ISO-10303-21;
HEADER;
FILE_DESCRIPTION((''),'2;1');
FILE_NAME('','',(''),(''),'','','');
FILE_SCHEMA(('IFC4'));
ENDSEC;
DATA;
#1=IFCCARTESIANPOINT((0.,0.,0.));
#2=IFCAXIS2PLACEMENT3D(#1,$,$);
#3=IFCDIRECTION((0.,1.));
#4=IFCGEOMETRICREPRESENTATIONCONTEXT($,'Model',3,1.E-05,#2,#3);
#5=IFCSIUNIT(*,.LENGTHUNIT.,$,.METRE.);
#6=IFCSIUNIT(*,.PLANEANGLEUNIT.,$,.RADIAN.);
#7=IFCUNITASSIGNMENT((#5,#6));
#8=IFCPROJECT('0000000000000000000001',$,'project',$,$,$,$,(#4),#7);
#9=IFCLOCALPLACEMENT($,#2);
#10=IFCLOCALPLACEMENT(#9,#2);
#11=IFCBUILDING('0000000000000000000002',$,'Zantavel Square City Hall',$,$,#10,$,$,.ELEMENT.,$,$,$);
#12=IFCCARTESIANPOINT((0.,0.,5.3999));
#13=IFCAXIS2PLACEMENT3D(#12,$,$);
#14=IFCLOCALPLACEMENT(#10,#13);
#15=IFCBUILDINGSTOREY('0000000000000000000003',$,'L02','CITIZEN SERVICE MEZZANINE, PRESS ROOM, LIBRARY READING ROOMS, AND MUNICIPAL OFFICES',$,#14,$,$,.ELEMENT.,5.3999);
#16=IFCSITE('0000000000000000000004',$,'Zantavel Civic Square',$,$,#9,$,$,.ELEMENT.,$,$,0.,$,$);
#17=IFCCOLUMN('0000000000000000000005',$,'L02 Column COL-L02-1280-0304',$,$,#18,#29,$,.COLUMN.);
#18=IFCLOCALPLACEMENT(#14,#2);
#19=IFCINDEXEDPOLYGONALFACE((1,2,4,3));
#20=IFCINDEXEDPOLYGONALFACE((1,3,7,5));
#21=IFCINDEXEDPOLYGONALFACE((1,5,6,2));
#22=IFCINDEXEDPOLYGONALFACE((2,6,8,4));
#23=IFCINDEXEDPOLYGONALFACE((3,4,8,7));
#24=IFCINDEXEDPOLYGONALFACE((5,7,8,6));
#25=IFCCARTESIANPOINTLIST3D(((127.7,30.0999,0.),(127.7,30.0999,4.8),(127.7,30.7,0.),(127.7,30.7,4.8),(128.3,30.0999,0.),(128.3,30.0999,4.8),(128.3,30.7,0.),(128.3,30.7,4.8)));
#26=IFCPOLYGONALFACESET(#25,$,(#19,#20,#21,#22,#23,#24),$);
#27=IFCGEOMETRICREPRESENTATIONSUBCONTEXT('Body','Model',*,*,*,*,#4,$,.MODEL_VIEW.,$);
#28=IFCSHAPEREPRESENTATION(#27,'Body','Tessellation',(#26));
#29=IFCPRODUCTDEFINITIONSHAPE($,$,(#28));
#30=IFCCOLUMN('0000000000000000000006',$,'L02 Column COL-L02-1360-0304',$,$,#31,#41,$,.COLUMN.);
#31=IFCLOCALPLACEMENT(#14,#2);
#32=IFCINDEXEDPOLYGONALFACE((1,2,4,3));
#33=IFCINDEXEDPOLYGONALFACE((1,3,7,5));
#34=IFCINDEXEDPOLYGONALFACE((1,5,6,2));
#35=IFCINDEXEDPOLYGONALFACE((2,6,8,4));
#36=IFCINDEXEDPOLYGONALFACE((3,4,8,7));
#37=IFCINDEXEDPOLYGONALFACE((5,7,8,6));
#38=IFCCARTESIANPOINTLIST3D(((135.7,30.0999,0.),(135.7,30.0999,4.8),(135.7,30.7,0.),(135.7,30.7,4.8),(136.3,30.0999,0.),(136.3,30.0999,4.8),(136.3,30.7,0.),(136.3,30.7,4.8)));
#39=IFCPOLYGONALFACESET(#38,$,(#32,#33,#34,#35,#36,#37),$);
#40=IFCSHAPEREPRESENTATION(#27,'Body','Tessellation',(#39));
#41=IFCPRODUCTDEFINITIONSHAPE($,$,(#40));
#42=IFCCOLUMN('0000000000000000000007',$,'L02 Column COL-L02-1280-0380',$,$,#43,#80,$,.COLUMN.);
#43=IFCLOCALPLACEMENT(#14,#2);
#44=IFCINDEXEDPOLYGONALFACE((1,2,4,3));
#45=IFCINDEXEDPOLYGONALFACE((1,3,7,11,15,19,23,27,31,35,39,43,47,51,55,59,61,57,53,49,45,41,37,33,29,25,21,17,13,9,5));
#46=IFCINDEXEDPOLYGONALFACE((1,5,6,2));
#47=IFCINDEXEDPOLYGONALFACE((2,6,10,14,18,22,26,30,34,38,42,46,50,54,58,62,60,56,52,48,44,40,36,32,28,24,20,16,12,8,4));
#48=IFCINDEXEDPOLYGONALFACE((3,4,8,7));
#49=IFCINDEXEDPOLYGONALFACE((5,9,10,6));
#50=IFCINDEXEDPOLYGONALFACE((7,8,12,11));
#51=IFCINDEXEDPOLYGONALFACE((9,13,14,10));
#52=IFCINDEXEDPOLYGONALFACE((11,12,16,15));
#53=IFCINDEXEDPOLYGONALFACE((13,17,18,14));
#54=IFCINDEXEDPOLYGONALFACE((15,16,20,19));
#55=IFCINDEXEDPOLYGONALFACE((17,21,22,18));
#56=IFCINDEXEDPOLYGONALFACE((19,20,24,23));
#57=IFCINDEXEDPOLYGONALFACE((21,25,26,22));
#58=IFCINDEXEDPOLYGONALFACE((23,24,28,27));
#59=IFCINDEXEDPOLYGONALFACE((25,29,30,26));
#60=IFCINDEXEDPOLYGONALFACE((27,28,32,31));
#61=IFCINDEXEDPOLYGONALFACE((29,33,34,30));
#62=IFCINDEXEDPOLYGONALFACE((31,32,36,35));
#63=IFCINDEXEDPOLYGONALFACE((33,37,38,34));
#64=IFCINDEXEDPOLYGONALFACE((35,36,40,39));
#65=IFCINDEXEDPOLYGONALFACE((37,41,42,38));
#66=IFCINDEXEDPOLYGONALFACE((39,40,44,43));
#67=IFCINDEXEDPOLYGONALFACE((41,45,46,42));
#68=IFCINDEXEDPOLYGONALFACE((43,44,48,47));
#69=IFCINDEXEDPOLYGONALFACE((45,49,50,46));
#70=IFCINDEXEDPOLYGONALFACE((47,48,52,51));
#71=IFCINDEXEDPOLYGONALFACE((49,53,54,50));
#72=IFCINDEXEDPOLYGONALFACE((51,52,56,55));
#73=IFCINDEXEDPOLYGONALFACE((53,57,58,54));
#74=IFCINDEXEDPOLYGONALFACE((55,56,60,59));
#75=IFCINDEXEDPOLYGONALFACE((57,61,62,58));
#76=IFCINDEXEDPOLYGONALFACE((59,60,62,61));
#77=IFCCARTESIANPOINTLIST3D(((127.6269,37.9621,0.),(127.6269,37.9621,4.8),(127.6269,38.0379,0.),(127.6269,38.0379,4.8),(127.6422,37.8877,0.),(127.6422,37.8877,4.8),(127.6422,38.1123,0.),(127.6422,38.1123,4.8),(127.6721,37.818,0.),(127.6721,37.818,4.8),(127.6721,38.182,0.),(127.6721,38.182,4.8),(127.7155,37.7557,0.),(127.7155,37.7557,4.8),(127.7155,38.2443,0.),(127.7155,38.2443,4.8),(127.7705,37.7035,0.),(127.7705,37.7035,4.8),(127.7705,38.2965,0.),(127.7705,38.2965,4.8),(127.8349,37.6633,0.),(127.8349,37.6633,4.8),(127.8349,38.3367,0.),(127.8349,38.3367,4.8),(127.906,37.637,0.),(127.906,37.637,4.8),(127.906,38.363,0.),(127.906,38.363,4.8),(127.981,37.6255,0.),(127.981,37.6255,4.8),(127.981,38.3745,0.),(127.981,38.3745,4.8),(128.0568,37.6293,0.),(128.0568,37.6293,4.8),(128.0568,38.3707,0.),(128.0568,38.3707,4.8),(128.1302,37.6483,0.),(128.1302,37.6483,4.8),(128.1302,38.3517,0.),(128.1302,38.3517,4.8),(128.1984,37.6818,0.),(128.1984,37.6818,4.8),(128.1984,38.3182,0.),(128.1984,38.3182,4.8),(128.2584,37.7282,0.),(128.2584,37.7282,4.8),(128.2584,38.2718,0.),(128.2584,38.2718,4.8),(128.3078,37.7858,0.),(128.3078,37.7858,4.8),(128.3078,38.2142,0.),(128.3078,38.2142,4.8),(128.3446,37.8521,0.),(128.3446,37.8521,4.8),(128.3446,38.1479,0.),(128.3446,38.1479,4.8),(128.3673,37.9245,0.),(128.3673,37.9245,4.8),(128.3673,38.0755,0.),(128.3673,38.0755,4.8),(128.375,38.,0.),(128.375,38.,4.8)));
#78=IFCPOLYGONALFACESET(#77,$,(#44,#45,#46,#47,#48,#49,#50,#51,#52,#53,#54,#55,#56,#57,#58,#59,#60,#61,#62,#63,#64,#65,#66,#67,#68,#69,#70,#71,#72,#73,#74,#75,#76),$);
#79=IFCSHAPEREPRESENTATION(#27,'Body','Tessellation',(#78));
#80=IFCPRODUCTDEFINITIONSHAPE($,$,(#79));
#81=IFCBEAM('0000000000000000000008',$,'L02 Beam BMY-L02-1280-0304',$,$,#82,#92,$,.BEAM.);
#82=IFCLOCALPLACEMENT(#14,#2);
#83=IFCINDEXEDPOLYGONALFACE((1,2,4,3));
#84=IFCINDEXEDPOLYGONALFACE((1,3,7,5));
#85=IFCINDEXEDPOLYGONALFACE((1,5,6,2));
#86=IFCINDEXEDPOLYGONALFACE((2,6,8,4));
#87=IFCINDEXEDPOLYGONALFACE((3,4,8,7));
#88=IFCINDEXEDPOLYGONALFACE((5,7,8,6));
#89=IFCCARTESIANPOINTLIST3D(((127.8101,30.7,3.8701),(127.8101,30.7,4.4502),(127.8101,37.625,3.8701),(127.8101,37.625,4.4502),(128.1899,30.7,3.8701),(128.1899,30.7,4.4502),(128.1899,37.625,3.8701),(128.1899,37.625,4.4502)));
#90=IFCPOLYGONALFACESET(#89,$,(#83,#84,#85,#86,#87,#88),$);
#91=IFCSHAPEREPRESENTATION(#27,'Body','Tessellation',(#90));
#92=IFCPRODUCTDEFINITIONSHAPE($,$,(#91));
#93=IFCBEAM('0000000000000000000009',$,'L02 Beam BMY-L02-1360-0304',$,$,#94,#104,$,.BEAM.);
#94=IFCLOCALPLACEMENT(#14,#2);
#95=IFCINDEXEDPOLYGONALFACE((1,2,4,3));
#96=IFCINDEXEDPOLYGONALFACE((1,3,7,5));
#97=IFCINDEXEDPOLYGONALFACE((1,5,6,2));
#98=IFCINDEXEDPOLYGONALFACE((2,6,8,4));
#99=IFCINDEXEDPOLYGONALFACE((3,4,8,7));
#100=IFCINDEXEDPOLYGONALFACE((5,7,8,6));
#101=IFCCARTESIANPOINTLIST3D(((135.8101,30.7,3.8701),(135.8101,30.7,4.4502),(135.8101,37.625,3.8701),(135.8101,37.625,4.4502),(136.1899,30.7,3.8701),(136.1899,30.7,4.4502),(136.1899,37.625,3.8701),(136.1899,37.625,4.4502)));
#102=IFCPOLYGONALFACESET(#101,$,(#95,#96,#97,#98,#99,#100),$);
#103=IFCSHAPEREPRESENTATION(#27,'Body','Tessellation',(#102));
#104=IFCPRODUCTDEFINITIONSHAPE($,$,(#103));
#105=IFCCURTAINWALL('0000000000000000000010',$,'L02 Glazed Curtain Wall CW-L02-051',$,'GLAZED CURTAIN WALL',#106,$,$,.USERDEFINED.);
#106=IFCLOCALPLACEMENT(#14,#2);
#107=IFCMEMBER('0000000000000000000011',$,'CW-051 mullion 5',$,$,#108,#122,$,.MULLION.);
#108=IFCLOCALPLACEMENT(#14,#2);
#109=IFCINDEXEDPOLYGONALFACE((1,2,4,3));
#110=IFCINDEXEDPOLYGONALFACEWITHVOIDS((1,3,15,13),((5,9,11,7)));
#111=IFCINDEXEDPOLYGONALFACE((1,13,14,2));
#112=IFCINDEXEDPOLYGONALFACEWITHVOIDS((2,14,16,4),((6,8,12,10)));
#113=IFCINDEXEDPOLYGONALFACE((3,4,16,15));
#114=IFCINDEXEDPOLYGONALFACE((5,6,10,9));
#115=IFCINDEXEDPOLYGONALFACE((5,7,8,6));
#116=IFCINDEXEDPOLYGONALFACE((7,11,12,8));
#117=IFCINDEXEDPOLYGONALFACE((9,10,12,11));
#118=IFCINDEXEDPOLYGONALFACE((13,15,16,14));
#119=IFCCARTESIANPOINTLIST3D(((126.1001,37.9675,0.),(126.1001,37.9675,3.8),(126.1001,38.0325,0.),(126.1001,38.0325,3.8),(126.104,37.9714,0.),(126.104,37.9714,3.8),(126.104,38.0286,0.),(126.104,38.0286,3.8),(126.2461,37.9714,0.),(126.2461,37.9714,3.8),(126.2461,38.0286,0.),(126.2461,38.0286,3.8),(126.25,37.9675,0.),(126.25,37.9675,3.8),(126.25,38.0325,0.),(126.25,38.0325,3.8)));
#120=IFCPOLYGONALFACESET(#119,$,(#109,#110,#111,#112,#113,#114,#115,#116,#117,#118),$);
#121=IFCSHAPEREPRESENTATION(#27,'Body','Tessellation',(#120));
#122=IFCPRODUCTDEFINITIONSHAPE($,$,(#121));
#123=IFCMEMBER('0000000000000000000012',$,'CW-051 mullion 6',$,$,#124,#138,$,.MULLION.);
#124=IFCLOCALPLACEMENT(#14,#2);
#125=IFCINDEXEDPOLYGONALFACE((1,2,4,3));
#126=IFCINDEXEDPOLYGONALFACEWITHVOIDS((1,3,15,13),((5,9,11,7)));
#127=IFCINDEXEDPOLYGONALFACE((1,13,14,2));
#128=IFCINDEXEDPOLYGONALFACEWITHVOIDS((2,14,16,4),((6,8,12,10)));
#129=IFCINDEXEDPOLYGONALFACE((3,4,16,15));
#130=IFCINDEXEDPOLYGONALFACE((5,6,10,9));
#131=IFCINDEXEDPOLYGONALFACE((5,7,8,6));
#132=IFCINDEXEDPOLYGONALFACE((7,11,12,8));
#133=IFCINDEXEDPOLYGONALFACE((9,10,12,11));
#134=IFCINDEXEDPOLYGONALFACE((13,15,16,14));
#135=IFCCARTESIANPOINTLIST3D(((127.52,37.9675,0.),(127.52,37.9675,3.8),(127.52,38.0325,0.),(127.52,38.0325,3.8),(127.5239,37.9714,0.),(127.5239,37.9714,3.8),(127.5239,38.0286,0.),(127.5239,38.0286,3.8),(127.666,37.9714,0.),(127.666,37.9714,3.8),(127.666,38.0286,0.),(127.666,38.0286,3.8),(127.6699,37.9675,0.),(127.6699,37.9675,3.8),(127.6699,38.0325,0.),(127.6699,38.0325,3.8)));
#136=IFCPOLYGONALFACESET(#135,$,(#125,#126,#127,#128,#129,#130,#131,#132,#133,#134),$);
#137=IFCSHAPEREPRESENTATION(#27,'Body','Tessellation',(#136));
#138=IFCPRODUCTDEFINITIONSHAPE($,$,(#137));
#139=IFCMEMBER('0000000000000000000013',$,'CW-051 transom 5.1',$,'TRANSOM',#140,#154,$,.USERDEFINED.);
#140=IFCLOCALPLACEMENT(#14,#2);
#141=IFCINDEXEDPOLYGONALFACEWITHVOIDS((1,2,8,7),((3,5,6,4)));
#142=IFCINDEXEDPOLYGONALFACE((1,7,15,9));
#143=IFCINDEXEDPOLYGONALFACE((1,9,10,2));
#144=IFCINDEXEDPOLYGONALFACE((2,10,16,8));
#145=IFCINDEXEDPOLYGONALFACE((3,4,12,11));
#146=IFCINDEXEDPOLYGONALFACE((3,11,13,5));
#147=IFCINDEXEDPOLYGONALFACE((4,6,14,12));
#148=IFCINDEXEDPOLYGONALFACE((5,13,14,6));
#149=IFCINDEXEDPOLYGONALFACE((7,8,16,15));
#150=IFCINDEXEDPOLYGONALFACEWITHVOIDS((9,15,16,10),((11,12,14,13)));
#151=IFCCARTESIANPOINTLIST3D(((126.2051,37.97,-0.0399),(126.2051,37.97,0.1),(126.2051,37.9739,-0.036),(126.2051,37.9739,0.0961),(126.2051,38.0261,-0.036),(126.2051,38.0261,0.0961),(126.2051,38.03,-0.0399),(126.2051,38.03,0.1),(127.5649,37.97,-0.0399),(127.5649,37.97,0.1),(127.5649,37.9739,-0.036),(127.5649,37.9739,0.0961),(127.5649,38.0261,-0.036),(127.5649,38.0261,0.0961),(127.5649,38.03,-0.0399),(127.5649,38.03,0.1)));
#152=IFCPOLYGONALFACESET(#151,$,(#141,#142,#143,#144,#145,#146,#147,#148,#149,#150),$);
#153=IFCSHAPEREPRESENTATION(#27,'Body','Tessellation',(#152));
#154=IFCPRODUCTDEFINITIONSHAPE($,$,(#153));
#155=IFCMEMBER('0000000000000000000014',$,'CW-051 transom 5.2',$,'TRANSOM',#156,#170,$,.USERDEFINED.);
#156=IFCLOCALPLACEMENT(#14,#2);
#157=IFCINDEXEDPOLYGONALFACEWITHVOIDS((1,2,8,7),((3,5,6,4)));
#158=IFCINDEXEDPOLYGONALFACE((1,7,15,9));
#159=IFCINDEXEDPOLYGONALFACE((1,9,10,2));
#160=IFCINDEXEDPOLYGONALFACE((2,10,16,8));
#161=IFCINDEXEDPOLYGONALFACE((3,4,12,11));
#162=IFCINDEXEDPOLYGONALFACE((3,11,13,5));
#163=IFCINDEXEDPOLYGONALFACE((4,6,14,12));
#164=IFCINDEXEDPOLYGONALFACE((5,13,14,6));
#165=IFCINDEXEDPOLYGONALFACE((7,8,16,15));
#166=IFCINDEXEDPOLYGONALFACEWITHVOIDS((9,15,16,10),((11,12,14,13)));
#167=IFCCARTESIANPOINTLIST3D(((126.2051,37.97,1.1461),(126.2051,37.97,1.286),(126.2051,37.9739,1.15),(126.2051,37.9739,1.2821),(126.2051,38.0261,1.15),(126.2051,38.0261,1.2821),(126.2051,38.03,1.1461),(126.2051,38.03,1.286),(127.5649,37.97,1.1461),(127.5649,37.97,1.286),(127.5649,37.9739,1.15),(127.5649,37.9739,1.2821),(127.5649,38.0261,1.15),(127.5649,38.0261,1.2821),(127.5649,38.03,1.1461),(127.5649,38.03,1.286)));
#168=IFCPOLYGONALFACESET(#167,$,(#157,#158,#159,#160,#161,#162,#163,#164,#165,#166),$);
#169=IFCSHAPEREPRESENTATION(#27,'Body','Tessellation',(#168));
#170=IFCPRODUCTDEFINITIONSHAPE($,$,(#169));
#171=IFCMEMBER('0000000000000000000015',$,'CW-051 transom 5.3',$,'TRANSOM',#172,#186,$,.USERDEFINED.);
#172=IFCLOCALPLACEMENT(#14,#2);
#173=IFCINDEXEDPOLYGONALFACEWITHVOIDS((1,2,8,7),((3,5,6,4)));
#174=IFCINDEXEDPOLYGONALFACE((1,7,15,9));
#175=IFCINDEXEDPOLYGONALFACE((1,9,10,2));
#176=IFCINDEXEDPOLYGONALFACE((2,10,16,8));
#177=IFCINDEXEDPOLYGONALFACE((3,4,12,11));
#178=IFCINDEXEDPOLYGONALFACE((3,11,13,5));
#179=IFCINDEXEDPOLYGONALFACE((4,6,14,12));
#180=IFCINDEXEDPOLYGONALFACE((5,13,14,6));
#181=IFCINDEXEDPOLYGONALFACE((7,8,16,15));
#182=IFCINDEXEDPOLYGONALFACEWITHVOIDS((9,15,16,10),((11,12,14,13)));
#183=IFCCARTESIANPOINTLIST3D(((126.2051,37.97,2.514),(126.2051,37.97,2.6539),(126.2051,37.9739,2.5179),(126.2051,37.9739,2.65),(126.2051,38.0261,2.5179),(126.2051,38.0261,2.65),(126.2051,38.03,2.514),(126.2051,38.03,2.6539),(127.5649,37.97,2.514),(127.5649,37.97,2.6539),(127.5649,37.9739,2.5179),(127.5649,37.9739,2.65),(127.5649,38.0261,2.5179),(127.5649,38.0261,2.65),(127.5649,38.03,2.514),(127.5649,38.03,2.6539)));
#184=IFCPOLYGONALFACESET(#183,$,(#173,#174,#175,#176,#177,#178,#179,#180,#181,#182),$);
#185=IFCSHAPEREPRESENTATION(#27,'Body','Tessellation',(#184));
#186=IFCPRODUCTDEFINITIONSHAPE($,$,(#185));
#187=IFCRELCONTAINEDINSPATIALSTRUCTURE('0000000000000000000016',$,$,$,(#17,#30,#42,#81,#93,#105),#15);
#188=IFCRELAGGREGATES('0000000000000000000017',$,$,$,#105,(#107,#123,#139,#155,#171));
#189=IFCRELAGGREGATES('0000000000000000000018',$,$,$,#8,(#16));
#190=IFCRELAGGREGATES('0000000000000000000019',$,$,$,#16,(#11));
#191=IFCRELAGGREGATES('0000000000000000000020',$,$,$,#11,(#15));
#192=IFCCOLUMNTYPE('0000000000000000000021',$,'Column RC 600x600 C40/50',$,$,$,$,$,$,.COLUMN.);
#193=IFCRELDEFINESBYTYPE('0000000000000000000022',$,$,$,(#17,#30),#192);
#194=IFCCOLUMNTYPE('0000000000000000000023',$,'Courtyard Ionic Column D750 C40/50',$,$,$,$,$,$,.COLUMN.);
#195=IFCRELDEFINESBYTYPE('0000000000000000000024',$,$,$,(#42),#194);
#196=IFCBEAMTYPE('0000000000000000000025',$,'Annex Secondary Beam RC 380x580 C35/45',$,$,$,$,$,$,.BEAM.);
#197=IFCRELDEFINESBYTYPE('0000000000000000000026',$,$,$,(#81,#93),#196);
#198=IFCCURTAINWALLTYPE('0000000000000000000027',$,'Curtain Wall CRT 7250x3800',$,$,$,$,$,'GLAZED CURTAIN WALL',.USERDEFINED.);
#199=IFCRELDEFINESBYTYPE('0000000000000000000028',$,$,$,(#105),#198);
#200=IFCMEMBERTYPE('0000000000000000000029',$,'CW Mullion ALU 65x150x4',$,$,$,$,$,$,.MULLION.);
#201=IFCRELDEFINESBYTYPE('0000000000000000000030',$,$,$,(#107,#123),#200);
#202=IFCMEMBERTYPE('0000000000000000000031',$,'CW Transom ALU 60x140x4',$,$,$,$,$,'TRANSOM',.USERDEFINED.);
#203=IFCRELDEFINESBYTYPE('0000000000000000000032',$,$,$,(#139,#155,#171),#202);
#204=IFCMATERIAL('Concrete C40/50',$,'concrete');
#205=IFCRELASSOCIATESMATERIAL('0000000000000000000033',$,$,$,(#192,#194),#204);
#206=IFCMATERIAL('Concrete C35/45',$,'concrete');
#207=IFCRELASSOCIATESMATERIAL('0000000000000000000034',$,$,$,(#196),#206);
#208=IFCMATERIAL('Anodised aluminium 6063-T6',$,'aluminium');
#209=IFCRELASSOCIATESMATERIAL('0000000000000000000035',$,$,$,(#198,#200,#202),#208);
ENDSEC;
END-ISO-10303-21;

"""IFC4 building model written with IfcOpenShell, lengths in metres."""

from ifc_helpers import new_model, si_unit, direction, frame, origin, origin_2d, place, context, subcontext, project, spatial, rectangle, hollow_rectangle, circle, extrude, material, material_profile, profile_set, type_object, element, aggregate, save


model = new_model("IFC4")

# Units and contexts
model_context = context("Model", 3, precision=1e-05, world=origin(), true_north=direction((0.0, 1.0)))
body_context = subcontext(model_context, "Body", "Model", "MODEL_VIEW")
ifc_project = project(units=[si_unit("LENGTHUNIT", "METRE"), si_unit("PLANEANGLEUNIT", "RADIAN")], contexts=[model_context])

# Site, building, storey
site_placement = place(None, origin())
site = spatial("IfcSite", under=ifc_project, at=site_placement, Name="Zantavel Civic Square", CompositionType="ELEMENT", RefElevation=0.0)
building_placement = place(site_placement, origin())
building = spatial("IfcBuilding", under=site, at=building_placement, Name="Zantavel Square City Hall", CompositionType="ELEMENT")
storey_placement = place(building_placement, frame((0.0, 0.0, 5.3999)))
storey = spatial("IfcBuildingStorey", under=building, at=storey_placement, Name="L02", Description="CITIZEN SERVICE MEZZANINE, PRESS ROOM, LIBRARY READING ROOMS, AND MUNICIPAL OFFICES", CompositionType="ELEMENT", Elevation=5.3999)

# Columns
ifc_material_1 = material(Name="Concrete C40/50", Category="concrete")
ifc_material_profile_1 = material_profile(ifc_material_1, rectangle(XDim=0.6001, YDim=0.6001, at=origin_2d()), Name="RC 600x600")
ifc_profile_set_1 = profile_set([ifc_material_profile_1], Name="Concrete C40/50")
column_type_1 = type_object("IfcColumnType", Name="Column RC 600x600 C40/50", PredefinedType="COLUMN", material=ifc_profile_set_1)
for number, where, z_axis, x_axis, name in (
    (1, (128.0, 30.3999, 0.0), (0.0, 0.0, 1.0), (1.0, 0.0, 0.0), "L02 Column COL-L02-1280-0304"),
    (2, (136.0, 30.3999, 0.0), (0.0, 0.0, 1.0), (1.0, 0.0, 0.0), "L02 Column COL-L02-1360-0304"),
):
    element("IfcColumn", number, at=place(storey_placement, frame(where, z_axis=z_axis, x_axis=x_axis)), inside=storey, type_object=column_type_1, Name=name, PredefinedType="COLUMN", context=body_context, shape_type="SweptSolid", body=[
        extrude(rectangle(XDim=0.6001, YDim=0.6001, at=origin_2d()), origin(), (0.0, 0.0, 1.0), 4.8),
    ])
ifc_material_profile_2 = material_profile(ifc_material_1, circle(Radius=0.375, at=origin_2d()), Name="ROUND D750")
ifc_profile_set_2 = profile_set([ifc_material_profile_2], Name="Concrete C40/50")
column_type_2 = type_object("IfcColumnType", Name="Courtyard Ionic Column D750 C40/50", PredefinedType="COLUMN", material=ifc_profile_set_2)
column_placement = place(storey_placement, frame((128.0, 38.0, 0.0), z_axis=(0.0, 0.0, 1.0), x_axis=(1.0, 0.0, 0.0)))
element("IfcColumn", 3, at=column_placement, inside=storey, type_object=column_type_2, Name="L02 Column COL-L02-1280-0380", PredefinedType="COLUMN", context=body_context, shape_type="SweptSolid", body=[
    extrude(circle(Radius=0.375, at=origin_2d()), origin(), (0.0, 0.0, 1.0), 4.8),
])

# Beams
ifc_material_2 = material(Name="Concrete C35/45", Category="concrete")
ifc_material_profile_3 = material_profile(ifc_material_2, rectangle(XDim=0.3799, YDim=0.5801, at=origin_2d()), Name="RC 380x580")
ifc_profile_set_3 = profile_set([ifc_material_profile_3], Name="Concrete C35/45")
beam_type_1 = type_object("IfcBeamType", Name="Annex Secondary Beam RC 380x580 C35/45", PredefinedType="BEAM", material=ifc_profile_set_3)
for number, where, z_axis, x_axis, name in (
    (4, (128.0, 30.7, 4.1602), (0.0, 1.0, 0.0), (-1.0, 0.0, 0.0), "L02 Beam BMY-L02-1280-0304"),
    (5, (136.0, 30.7, 4.1602), (0.0, 1.0, 0.0), (-1.0, 0.0, 0.0), "L02 Beam BMY-L02-1360-0304"),
):
    element("IfcBeam", number, at=place(storey_placement, frame(where, z_axis=z_axis, x_axis=x_axis)), inside=storey, type_object=beam_type_1, Name=name, PredefinedType="BEAM", context=body_context, shape_type="SweptSolid", body=[
        extrude(rectangle(XDim=0.3799, YDim=0.5801, at=origin_2d()), origin(), (0.0, 0.0, 1.0), 6.925),
    ])

# Curtain wall, members
ifc_material_3 = material(Name="Anodised aluminium 6063-T6", Category="aluminium")
curtain_wall_type = type_object("IfcCurtainWallType", Name="Curtain Wall CRT 7250x3800", ElementType="GLAZED CURTAIN WALL", PredefinedType="USERDEFINED", material=ifc_material_3)
curtain_wall_placement = place(storey_placement, origin())
curtain_wall = element("IfcCurtainWall", 6, at=curtain_wall_placement, inside=storey, type_object=curtain_wall_type, Name="L02 Glazed Curtain Wall CW-L02-051", ObjectType="GLAZED CURTAIN WALL", PredefinedType="USERDEFINED")
ifc_material_profile_4 = material_profile(ifc_material_3, hollow_rectangle(XDim=0.0649, YDim=0.1499, WallThickness=0.0039, at=origin_2d()), Name="ALU 65x150x4")
ifc_profile_set_4 = profile_set([ifc_material_profile_4], Name="Anodised aluminium 6063-T6")
member_type_1 = type_object("IfcMemberType", Name="CW Mullion ALU 65x150x4", PredefinedType="MULLION", material=ifc_profile_set_4)
member_1_placement = place(storey_placement, frame((126.175, 38.0, 0.0), z_axis=(0.0, 0.0, 1.0), x_axis=(0.0, 1.0, 0.0)))
member_1 = element("IfcMember", 7, at=member_1_placement, type_object=member_type_1, Name="CW-051 mullion 5", PredefinedType="MULLION", context=body_context, shape_type="SweptSolid", body=[
    extrude(hollow_rectangle(XDim=0.0649, YDim=0.1499, WallThickness=0.0039, at=origin_2d()), origin(), (0.0, 0.0, 1.0), 3.8),
])
member_2_placement = place(storey_placement, frame((127.595, 38.0, 0.0), z_axis=(0.0, 0.0, 1.0), x_axis=(0.0, 1.0, 0.0)))
member_2 = element("IfcMember", 8, at=member_2_placement, type_object=member_type_1, Name="CW-051 mullion 6", PredefinedType="MULLION", context=body_context, shape_type="SweptSolid", body=[
    extrude(hollow_rectangle(XDim=0.0649, YDim=0.1499, WallThickness=0.0039, at=origin_2d()), origin(), (0.0, 0.0, 1.0), 3.8),
])
ifc_material_profile_5 = material_profile(ifc_material_3, hollow_rectangle(XDim=0.0601, YDim=0.1399, WallThickness=0.0039, at=origin_2d()), Name="ALU 60x140x4")
ifc_profile_set_5 = profile_set([ifc_material_profile_5], Name="Anodised aluminium 6063-T6")
member_type_2 = type_object("IfcMemberType", Name="CW Transom ALU 60x140x4", ElementType="TRANSOM", PredefinedType="USERDEFINED", material=ifc_profile_set_5)
member_3_placement = place(storey_placement, frame((126.2051, 38.0, 0.03), z_axis=(1.0, 0.0, 0.0), x_axis=(0.0, 1.0, 0.0)))
member_3 = element("IfcMember", 9, at=member_3_placement, type_object=member_type_2, Name="CW-051 transom 5.1", ObjectType="TRANSOM", PredefinedType="USERDEFINED", context=body_context, shape_type="SweptSolid", body=[
    extrude(hollow_rectangle(XDim=0.0601, YDim=0.1399, WallThickness=0.0039, at=origin_2d()), origin(), (0.0, 0.0, 1.0), 1.3599),
])
member_4_placement = place(storey_placement, frame((126.2051, 38.0, 1.2161), z_axis=(1.0, 0.0, 0.0), x_axis=(0.0, 1.0, 0.0)))
member_4 = element("IfcMember", 10, at=member_4_placement, type_object=member_type_2, Name="CW-051 transom 5.2", ObjectType="TRANSOM", PredefinedType="USERDEFINED", context=body_context, shape_type="SweptSolid", body=[
    extrude(hollow_rectangle(XDim=0.0601, YDim=0.1399, WallThickness=0.0039, at=origin_2d()), origin(), (0.0, 0.0, 1.0), 1.3599),
])
member_5_placement = place(storey_placement, frame((126.2051, 38.0, 2.584), z_axis=(1.0, 0.0, 0.0), x_axis=(0.0, 1.0, 0.0)))
member_5 = element("IfcMember", 11, at=member_5_placement, type_object=member_type_2, Name="CW-051 transom 5.3", ObjectType="TRANSOM", PredefinedType="USERDEFINED", context=body_context, shape_type="SweptSolid", body=[
    extrude(hollow_rectangle(XDim=0.0601, YDim=0.1399, WallThickness=0.0039, at=origin_2d()), origin(), (0.0, 0.0, 1.0), 1.3599),
])

aggregate(curtain_wall, [member_1, member_2, member_3, member_4, member_5])

save(model, "model.ifc")
